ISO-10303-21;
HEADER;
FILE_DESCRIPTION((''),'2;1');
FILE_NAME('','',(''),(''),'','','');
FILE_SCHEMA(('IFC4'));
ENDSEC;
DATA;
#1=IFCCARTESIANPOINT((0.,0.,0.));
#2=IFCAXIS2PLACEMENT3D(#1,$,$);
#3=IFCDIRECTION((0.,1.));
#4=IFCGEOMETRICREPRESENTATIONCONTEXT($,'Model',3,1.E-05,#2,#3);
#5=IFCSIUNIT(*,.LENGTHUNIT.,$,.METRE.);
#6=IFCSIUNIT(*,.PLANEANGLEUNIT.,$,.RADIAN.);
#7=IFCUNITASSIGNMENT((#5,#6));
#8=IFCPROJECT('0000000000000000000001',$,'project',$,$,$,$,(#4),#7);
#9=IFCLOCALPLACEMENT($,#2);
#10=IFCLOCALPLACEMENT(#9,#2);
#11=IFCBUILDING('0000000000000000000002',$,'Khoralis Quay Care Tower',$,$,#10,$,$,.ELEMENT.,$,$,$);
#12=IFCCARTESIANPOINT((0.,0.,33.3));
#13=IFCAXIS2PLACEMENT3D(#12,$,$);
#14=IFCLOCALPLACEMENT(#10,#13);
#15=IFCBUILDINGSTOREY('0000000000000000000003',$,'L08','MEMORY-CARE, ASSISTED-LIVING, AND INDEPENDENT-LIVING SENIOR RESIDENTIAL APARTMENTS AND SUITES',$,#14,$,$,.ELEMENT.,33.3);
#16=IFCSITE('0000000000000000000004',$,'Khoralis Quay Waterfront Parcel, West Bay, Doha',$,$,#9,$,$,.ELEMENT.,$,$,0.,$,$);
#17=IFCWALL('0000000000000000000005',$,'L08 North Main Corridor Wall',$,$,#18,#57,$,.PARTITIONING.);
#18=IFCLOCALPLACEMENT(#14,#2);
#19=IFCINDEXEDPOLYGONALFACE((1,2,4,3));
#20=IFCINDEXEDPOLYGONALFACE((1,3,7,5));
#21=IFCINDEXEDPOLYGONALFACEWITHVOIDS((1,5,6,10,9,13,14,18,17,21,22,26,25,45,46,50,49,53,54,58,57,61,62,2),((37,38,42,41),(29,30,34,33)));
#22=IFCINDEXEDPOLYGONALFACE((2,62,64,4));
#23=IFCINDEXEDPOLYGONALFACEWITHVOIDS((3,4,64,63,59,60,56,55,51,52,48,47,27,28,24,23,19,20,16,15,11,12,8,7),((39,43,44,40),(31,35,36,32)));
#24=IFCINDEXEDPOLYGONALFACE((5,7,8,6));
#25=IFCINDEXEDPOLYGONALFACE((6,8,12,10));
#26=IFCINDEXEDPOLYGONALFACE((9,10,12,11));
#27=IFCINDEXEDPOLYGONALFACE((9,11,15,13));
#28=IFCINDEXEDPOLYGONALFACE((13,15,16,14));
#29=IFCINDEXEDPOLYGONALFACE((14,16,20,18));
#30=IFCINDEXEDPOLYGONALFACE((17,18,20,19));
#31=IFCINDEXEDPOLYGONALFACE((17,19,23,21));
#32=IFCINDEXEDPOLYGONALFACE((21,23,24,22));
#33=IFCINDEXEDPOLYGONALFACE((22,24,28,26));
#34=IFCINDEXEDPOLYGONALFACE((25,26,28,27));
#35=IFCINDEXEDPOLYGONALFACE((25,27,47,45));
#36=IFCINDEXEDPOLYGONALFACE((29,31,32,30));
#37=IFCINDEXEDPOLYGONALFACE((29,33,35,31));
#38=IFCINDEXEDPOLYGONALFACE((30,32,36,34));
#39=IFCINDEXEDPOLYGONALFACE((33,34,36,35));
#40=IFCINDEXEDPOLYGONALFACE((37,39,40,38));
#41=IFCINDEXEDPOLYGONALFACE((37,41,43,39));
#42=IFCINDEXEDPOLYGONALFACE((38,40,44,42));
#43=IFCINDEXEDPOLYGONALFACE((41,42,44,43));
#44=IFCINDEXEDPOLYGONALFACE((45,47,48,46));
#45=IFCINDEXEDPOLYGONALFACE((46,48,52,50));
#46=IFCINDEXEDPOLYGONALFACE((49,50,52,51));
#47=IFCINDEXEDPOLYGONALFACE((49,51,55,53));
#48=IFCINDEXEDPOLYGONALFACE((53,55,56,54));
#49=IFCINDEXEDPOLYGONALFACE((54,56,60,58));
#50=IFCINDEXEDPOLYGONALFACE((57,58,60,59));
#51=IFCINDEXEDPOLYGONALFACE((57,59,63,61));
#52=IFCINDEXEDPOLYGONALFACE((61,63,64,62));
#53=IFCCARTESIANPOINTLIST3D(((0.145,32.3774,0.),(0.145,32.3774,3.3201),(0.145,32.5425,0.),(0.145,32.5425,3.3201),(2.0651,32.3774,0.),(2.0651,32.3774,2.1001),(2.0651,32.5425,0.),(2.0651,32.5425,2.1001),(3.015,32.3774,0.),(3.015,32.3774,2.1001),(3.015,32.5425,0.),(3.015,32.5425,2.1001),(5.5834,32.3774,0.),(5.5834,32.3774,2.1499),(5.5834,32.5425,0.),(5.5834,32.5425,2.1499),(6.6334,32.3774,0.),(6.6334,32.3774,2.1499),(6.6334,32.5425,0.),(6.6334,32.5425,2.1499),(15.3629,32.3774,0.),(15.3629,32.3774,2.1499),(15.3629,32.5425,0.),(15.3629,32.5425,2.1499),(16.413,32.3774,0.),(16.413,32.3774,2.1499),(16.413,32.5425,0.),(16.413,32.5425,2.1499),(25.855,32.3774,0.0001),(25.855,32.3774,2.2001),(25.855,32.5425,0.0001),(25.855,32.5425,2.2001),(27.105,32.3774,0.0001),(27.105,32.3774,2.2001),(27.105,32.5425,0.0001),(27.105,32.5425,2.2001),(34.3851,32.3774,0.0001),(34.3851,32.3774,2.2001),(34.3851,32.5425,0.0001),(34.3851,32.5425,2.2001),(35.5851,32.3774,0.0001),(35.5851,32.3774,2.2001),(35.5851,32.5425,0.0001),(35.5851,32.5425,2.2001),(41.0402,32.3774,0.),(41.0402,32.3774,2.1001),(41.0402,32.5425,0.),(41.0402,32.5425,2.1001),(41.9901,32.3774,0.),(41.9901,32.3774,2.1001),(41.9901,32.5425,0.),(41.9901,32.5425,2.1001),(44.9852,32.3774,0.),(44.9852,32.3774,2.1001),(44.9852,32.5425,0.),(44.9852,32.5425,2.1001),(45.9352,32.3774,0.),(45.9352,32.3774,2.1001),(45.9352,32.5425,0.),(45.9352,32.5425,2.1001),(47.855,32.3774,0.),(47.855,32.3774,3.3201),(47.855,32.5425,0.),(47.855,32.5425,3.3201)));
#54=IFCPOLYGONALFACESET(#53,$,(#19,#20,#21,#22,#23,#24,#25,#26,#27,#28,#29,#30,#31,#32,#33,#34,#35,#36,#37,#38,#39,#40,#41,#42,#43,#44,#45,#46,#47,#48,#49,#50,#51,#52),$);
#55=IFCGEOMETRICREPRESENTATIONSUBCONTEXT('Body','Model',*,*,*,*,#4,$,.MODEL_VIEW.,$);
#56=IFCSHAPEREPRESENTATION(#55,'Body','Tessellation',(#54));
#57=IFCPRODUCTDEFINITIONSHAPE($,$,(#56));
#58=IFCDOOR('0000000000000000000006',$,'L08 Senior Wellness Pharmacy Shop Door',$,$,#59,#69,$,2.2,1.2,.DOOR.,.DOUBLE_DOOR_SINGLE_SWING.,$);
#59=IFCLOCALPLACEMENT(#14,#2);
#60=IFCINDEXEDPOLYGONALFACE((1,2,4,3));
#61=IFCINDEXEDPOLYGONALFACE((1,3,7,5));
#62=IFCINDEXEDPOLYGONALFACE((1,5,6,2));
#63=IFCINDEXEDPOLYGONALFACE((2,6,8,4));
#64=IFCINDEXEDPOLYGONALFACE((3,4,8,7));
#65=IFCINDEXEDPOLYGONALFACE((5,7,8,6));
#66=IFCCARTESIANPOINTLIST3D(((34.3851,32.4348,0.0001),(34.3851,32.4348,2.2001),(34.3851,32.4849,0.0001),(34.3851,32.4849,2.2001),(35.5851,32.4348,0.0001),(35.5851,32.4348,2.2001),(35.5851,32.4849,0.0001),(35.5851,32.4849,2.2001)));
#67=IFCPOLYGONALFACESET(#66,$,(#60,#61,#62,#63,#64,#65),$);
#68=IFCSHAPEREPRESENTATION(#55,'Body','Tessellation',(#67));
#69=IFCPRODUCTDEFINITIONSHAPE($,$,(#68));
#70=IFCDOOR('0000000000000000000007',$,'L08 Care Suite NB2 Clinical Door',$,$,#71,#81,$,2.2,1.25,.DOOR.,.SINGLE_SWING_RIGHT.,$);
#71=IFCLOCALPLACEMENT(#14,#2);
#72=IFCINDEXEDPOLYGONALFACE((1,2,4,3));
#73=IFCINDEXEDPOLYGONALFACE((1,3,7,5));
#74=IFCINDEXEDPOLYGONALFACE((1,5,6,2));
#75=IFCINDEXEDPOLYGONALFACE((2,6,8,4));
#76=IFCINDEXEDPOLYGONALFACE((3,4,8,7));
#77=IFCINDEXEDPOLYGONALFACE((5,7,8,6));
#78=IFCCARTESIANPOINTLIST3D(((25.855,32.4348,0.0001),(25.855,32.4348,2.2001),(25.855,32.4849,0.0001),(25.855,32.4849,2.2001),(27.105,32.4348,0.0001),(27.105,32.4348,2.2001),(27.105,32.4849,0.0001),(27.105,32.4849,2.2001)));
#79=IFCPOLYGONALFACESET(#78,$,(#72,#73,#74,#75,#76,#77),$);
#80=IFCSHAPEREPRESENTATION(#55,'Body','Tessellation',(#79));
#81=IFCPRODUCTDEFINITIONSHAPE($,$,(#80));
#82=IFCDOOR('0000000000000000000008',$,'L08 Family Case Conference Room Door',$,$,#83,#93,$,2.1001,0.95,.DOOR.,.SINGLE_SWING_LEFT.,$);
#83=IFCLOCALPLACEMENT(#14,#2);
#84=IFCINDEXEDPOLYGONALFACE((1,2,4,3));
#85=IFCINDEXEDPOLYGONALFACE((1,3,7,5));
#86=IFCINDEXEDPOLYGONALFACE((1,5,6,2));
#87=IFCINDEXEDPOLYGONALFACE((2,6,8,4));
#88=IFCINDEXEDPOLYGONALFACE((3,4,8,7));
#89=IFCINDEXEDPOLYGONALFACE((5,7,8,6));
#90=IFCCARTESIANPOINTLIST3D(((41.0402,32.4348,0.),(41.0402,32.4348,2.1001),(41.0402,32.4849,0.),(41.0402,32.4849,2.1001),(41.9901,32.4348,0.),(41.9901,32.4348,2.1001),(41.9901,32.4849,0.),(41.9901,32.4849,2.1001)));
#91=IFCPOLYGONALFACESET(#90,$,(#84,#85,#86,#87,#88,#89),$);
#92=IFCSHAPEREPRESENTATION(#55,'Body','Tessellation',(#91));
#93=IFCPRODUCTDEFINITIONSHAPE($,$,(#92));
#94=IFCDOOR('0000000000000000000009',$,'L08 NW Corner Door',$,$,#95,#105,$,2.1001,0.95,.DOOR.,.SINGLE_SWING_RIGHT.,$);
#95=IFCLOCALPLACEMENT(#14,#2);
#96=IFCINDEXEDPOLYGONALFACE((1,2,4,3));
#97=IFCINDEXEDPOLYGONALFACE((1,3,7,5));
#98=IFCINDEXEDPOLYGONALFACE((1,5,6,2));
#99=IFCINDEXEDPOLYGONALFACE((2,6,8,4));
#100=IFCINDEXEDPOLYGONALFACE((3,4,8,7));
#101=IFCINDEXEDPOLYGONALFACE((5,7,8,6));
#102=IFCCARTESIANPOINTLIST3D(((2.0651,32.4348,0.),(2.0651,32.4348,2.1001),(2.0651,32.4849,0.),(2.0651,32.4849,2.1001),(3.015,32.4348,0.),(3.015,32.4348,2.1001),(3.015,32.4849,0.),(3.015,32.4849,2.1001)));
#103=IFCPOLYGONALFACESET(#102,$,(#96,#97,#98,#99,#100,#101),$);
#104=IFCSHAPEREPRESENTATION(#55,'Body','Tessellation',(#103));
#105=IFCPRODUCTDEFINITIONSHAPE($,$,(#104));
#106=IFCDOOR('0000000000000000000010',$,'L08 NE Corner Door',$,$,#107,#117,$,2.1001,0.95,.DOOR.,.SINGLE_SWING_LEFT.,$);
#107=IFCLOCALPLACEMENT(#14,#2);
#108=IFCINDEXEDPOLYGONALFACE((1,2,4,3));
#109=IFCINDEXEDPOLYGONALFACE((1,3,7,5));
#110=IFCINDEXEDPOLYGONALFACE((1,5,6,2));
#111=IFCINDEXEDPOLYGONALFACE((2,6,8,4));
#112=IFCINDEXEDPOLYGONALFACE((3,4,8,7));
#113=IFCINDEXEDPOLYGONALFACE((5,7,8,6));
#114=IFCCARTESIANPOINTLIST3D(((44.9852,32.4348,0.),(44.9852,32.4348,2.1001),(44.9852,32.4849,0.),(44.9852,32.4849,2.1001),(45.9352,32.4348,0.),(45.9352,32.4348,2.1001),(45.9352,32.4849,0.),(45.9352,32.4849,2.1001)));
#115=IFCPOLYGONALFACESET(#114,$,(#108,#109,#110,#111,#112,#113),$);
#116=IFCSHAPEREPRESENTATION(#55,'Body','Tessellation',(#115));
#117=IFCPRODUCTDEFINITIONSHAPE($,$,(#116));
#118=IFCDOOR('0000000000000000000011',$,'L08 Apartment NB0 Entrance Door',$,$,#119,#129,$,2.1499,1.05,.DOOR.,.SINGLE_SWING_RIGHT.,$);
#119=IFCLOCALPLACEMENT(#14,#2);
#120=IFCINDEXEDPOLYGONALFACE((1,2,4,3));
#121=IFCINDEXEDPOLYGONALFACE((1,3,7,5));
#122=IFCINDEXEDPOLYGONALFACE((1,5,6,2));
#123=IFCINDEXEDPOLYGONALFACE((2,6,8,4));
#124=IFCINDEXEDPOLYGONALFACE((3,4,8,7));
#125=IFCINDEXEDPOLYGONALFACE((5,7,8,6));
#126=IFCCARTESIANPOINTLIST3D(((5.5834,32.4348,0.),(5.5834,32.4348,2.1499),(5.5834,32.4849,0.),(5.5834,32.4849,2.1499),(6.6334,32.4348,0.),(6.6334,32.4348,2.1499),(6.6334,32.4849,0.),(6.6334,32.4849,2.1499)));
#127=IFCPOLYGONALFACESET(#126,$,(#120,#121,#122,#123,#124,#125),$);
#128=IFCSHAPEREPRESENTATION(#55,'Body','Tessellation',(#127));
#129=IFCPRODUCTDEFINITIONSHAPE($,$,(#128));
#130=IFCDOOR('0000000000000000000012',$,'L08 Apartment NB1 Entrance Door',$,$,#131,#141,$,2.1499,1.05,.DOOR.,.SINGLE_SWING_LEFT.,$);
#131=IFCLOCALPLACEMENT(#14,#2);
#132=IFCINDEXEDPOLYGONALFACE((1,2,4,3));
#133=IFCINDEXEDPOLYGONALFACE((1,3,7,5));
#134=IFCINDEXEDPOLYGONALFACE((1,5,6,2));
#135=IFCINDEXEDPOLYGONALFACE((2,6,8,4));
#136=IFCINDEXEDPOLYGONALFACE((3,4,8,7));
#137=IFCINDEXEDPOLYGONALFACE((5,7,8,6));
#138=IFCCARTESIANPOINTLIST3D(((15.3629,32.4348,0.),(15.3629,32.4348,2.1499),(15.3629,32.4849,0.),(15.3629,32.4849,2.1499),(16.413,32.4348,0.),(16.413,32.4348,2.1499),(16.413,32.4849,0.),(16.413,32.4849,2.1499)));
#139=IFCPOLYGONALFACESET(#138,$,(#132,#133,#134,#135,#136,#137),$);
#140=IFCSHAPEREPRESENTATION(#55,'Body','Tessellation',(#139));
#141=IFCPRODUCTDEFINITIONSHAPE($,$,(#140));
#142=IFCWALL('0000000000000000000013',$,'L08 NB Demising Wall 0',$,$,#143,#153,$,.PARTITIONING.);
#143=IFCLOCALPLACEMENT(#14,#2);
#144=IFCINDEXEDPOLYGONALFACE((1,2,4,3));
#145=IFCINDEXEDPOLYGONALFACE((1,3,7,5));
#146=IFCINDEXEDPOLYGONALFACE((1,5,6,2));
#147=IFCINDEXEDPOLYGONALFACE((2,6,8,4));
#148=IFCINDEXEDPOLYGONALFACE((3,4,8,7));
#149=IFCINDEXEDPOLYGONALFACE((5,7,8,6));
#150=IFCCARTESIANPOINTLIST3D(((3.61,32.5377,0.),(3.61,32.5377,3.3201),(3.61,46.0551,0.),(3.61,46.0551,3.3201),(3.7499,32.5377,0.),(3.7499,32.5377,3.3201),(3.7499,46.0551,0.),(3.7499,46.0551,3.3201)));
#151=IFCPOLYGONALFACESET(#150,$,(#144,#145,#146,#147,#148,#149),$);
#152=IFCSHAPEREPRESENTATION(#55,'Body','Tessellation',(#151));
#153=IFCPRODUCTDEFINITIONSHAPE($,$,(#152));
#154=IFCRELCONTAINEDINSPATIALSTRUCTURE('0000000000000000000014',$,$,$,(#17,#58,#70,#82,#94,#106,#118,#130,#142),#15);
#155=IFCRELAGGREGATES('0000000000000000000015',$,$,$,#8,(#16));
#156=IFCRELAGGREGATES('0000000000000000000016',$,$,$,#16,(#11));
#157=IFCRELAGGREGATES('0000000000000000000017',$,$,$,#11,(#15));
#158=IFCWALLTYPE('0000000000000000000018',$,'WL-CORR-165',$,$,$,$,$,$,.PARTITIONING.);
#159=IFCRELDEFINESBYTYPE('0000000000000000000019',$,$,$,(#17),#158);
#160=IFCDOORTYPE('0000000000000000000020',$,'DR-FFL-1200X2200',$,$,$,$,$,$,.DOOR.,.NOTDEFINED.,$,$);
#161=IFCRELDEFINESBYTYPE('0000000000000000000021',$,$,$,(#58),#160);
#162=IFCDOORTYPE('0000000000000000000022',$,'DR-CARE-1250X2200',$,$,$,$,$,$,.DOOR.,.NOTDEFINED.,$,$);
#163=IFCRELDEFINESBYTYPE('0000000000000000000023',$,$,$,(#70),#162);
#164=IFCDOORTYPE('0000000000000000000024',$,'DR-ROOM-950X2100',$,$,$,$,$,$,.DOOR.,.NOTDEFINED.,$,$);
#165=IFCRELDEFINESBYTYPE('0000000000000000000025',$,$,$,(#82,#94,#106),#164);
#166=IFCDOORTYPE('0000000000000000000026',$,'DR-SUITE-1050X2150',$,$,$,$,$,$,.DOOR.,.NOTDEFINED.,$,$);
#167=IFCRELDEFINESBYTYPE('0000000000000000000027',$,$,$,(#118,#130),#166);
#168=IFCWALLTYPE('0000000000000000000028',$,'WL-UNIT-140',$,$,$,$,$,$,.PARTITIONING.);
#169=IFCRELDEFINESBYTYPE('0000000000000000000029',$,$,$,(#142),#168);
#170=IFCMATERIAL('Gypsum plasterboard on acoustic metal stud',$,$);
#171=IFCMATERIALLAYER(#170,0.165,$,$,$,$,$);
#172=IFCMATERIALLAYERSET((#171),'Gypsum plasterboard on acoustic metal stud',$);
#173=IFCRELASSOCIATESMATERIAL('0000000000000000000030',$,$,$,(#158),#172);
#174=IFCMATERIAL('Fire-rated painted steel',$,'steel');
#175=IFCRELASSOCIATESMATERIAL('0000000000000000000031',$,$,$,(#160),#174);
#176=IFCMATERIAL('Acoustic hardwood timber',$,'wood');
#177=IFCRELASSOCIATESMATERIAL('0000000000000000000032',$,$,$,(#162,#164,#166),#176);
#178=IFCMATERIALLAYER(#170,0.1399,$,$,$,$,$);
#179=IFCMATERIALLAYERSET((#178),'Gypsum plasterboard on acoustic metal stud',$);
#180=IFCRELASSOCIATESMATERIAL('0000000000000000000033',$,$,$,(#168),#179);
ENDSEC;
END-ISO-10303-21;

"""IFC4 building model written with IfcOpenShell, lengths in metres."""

from ifc_helpers import new_model, si_unit, direction, frame, frame_2d, origin, place, context, subcontext, project, spatial, rectangle, extrude, source, transform, mapped, material, layer, layer_set, type_object, element, fill, save


model = new_model("IFC4")

# Units and contexts
model_context = context("Model", 3, precision=1e-05, world=origin(), true_north=direction((0.0, 1.0)))
body_context = subcontext(model_context, "Body", "Model", "MODEL_VIEW")
ifc_project = project(units=[si_unit("LENGTHUNIT", "METRE"), si_unit("PLANEANGLEUNIT", "RADIAN")], contexts=[model_context])

# Site, building, storey
site_placement = place(None, origin())
site = spatial("IfcSite", under=ifc_project, at=site_placement, Name="Khoralis Quay Waterfront Parcel, West Bay, Doha", CompositionType="ELEMENT", RefElevation=0.0)
building_placement = place(site_placement, origin())
building = spatial("IfcBuilding", under=site, at=building_placement, Name="Khoralis Quay Care Tower", CompositionType="ELEMENT")
storey_placement = place(building_placement, frame((0.0, 0.0, 33.3)))
storey = spatial("IfcBuildingStorey", under=building, at=storey_placement, Name="L08", Description="MEMORY-CARE, ASSISTED-LIVING, AND INDEPENDENT-LIVING SENIOR RESIDENTIAL APARTMENTS AND SUITES", CompositionType="ELEMENT", Elevation=33.3)

# Wall, openings, doors
ifc_material_1 = material(Name="Gypsum plasterboard on acoustic metal stud")
ifc_layer_1 = layer(ifc_material_1, 0.165)
ifc_layer_set_1 = layer_set([ifc_layer_1], Name="Gypsum plasterboard on acoustic metal stud")
wall_type_1 = type_object("IfcWallType", Name="WL-CORR-165", PredefinedType="PARTITIONING", material=ifc_layer_set_1)
wall_1_placement = place(storey_placement, frame((0.145, 32.46, 0.0), z_axis=(0.0, 0.0, 1.0), x_axis=(1.0, 0.0, 0.0)))
wall_1 = element("IfcWall", 1, at=wall_1_placement, inside=storey, type_object=wall_type_1, Name="L08 North Main Corridor Wall", PredefinedType="PARTITIONING", context=body_context, shape_type="SweptSolid", body=[
    extrude(rectangle(XDim=47.71, YDim=0.165, at=frame_2d((23.855, 0.0))), origin(), (0.0, 0.0, 1.0), 3.3201),
])
opening_1_placement = place(wall_1_placement, frame((5.4385, 0.0, 0.0)))
opening_1 = element("IfcOpeningElement", 2, at=opening_1_placement, cuts=wall_1, PredefinedType="OPENING", context=body_context, shape_type="SweptSolid", body=[
    extrude(rectangle(XDim=1.05, YDim=2.1499, at=frame_2d((0.5249, 1.075))), frame((0.0, 0.0925, 0.0), z_axis=(0.0, -1.0, 0.0), x_axis=(1.0, 0.0, 0.0)), (0.0, 0.0, 1.0), 0.1851),
])
opening_2_placement = place(wall_1_placement, frame((15.218, 0.0, 0.0)))
opening_2 = element("IfcOpeningElement", 3, at=opening_2_placement, cuts=wall_1, PredefinedType="OPENING", context=body_context, shape_type="SweptSolid", body=[
    extrude(rectangle(XDim=1.05, YDim=2.1499, at=frame_2d((0.5249, 1.075))), frame((0.0, 0.0925, 0.0), z_axis=(0.0, -1.0, 0.0), x_axis=(1.0, 0.0, 0.0)), (0.0, 0.0, 1.0), 0.1851),
])
opening_3_placement = place(wall_1_placement, frame((25.71, 0.0, 0.0)))
opening_3 = element("IfcOpeningElement", 4, at=opening_3_placement, cuts=wall_1, PredefinedType="OPENING", context=body_context, shape_type="SweptSolid", body=[
    extrude(rectangle(XDim=1.25, YDim=2.2, at=frame_2d((0.625, 1.1001))), frame((0.0, 0.0925, 0.0), z_axis=(0.0, -1.0, 0.0), x_axis=(1.0, 0.0, 0.0)), (0.0, 0.0, 1.0), 0.1851),
])
opening_4_placement = place(wall_1_placement, frame((34.24, 0.0, 0.0)))
opening_4 = element("IfcOpeningElement", 5, at=opening_4_placement, cuts=wall_1, PredefinedType="OPENING", context=body_context, shape_type="SweptSolid", body=[
    extrude(rectangle(XDim=1.2, YDim=2.2, at=frame_2d((0.6001, 1.1001))), frame((0.0, 0.0925, 0.0), z_axis=(0.0, -1.0, 0.0), x_axis=(1.0, 0.0, 0.0)), (0.0, 0.0, 1.0), 0.1851),
])
opening_5_placement = place(wall_1_placement, frame((40.895, 0.0, 0.0)))
opening_5 = element("IfcOpeningElement", 6, at=opening_5_placement, cuts=wall_1, PredefinedType="OPENING", context=body_context, shape_type="SweptSolid", body=[
    extrude(rectangle(XDim=0.95, YDim=2.1001, at=frame_2d((0.4751, 1.05))), frame((0.0, 0.0925, 0.0), z_axis=(0.0, -1.0, 0.0), x_axis=(1.0, 0.0, 0.0)), (0.0, 0.0, 1.0), 0.1851),
])
opening_6_placement = place(wall_1_placement, frame((1.9199, 0.0, 0.0)))
opening_6 = element("IfcOpeningElement", 7, at=opening_6_placement, cuts=wall_1, PredefinedType="OPENING", context=body_context, shape_type="SweptSolid", body=[
    extrude(rectangle(XDim=0.95, YDim=2.1001, at=frame_2d((0.4751, 1.05))), frame((0.0, 0.0925, 0.0), z_axis=(0.0, -1.0, 0.0), x_axis=(1.0, 0.0, 0.0)), (0.0, 0.0, 1.0), 0.1851),
])
opening_7_placement = place(wall_1_placement, frame((44.8401, 0.0, 0.0)))
opening_7 = element("IfcOpeningElement", 8, at=opening_7_placement, cuts=wall_1, PredefinedType="OPENING", context=body_context, shape_type="SweptSolid", body=[
    extrude(rectangle(XDim=0.95, YDim=2.1001, at=frame_2d((0.4751, 1.05))), frame((0.0, 0.0925, 0.0), z_axis=(0.0, -1.0, 0.0), x_axis=(1.0, 0.0, 0.0)), (0.0, 0.0, 1.0), 0.1851),
])
ifc_material_2 = material(Name="Fire-rated painted steel", Category="steel")
door_type_1 = type_object("IfcDoorType", Name="DR-FFL-1200X2200", OperationType="NOTDEFINED", PredefinedType="DOOR", material=ifc_material_2)
shared_shape_1 = source(origin(), body_context, "Body", "SweptSolid", [
    extrude(rectangle(XDim=1.2, YDim=2.2, at=frame_2d((0.6001, 1.1001))), frame((0.0, 0.0249, 0.0), z_axis=(0.0, -1.0, 0.0), x_axis=(1.0, 0.0, 0.0)), (0.0, 0.0, 1.0), 0.05),
])
door_1_placement = place(opening_4_placement, origin())
door_1 = element("IfcDoor", 9, at=door_1_placement, inside=storey, type_object=door_type_1, Name="L08 Senior Wellness Pharmacy Shop Door", OperationType="DOUBLE_DOOR_SINGLE_SWING", OverallHeight=2.2, OverallWidth=1.2, PredefinedType="DOOR", context=body_context, shape_type="MappedRepresentation", body=[
    mapped(shared_shape_1, transform((0.0, 0.0, 0.0), scale=1.0)),
])
fill(opening_4, door_1)
ifc_material_3 = material(Name="Acoustic hardwood timber", Category="wood")
door_type_2 = type_object("IfcDoorType", Name="DR-CARE-1250X2200", OperationType="NOTDEFINED", PredefinedType="DOOR", material=ifc_material_3)
shared_shape_2 = source(origin(), body_context, "Body", "SweptSolid", [
    extrude(rectangle(XDim=1.25, YDim=2.2, at=frame_2d((0.625, 1.1001))), frame((0.0, 0.0249, 0.0), z_axis=(0.0, -1.0, 0.0), x_axis=(1.0, 0.0, 0.0)), (0.0, 0.0, 1.0), 0.05),
])
door_2_placement = place(opening_3_placement, origin())
door_2 = element("IfcDoor", 10, at=door_2_placement, inside=storey, type_object=door_type_2, Name="L08 Care Suite NB2 Clinical Door", OperationType="SINGLE_SWING_RIGHT", OverallHeight=2.2, OverallWidth=1.25, PredefinedType="DOOR", context=body_context, shape_type="MappedRepresentation", body=[
    mapped(shared_shape_2, transform((0.0, 0.0, 0.0), scale=1.0)),
])
fill(opening_3, door_2)
door_type_3 = type_object("IfcDoorType", Name="DR-ROOM-950X2100", OperationType="NOTDEFINED", PredefinedType="DOOR", material=ifc_material_3)
shared_shape_3 = source(origin(), body_context, "Body", "SweptSolid", [
    extrude(rectangle(XDim=0.95, YDim=2.1001, at=frame_2d((0.4751, 1.05))), frame((0.0, 0.0249, 0.0), z_axis=(0.0, -1.0, 0.0), x_axis=(1.0, 0.0, 0.0)), (0.0, 0.0, 1.0), 0.05),
])
door_3_placement = place(opening_5_placement, origin())
door_3 = element("IfcDoor", 11, at=door_3_placement, inside=storey, type_object=door_type_3, Name="L08 Family Case Conference Room Door", OperationType="SINGLE_SWING_LEFT", OverallHeight=2.1001, OverallWidth=0.95, PredefinedType="DOOR", context=body_context, shape_type="MappedRepresentation", body=[
    mapped(shared_shape_3, transform((0.0, 0.0, 0.0), scale=1.0)),
])
fill(opening_5, door_3)
door_4_placement = place(opening_6_placement, origin())
door_4 = element("IfcDoor", 12, at=door_4_placement, inside=storey, type_object=door_type_3, Name="L08 NW Corner Door", OperationType="SINGLE_SWING_RIGHT", OverallHeight=2.1001, OverallWidth=0.95, PredefinedType="DOOR", context=body_context, shape_type="MappedRepresentation", body=[
    mapped(shared_shape_3, transform((0.0, 0.0, 0.0), scale=1.0)),
])
fill(opening_6, door_4)
door_5_placement = place(opening_7_placement, origin())
door_5 = element("IfcDoor", 13, at=door_5_placement, inside=storey, type_object=door_type_3, Name="L08 NE Corner Door", OperationType="SINGLE_SWING_LEFT", OverallHeight=2.1001, OverallWidth=0.95, PredefinedType="DOOR", context=body_context, shape_type="MappedRepresentation", body=[
    mapped(shared_shape_3, transform((0.0, 0.0, 0.0), scale=1.0)),
])
fill(opening_7, door_5)
door_type_4 = type_object("IfcDoorType", Name="DR-SUITE-1050X2150", OperationType="NOTDEFINED", PredefinedType="DOOR", material=ifc_material_3)
shared_shape_4 = source(origin(), body_context, "Body", "SweptSolid", [
    extrude(rectangle(XDim=1.05, YDim=2.1499, at=frame_2d((0.5249, 1.075))), frame((0.0, 0.0249, 0.0), z_axis=(0.0, -1.0, 0.0), x_axis=(1.0, 0.0, 0.0)), (0.0, 0.0, 1.0), 0.05),
])
door_6_placement = place(opening_1_placement, origin())
door_6 = element("IfcDoor", 14, at=door_6_placement, inside=storey, type_object=door_type_4, Name="L08 Apartment NB0 Entrance Door", OperationType="SINGLE_SWING_RIGHT", OverallHeight=2.1499, OverallWidth=1.05, PredefinedType="DOOR", context=body_context, shape_type="MappedRepresentation", body=[
    mapped(shared_shape_4, transform((0.0, 0.0, 0.0), scale=1.0)),
])
fill(opening_1, door_6)
door_7_placement = place(opening_2_placement, origin())
door_7 = element("IfcDoor", 15, at=door_7_placement, inside=storey, type_object=door_type_4, Name="L08 Apartment NB1 Entrance Door", OperationType="SINGLE_SWING_LEFT", OverallHeight=2.1499, OverallWidth=1.05, PredefinedType="DOOR", context=body_context, shape_type="MappedRepresentation", body=[
    mapped(shared_shape_4, transform((0.0, 0.0, 0.0), scale=1.0)),
])
fill(opening_2, door_7)

# Wall
ifc_layer_2 = layer(ifc_material_1, 0.1399)
ifc_layer_set_2 = layer_set([ifc_layer_2], Name="Gypsum plasterboard on acoustic metal stud")
wall_type_2 = type_object("IfcWallType", Name="WL-UNIT-140", PredefinedType="PARTITIONING", material=ifc_layer_set_2)
wall_2_placement = place(storey_placement, frame((3.6799, 32.5376, 0.0), z_axis=(0.0, 0.0, 1.0), x_axis=(0.0, 1.0, 0.0)))
element("IfcWall", 16, at=wall_2_placement, inside=storey, type_object=wall_type_2, Name="L08 NB Demising Wall 0", PredefinedType="PARTITIONING", context=body_context, shape_type="SweptSolid", body=[
    extrude(rectangle(XDim=13.5173, YDim=0.1399, at=frame_2d((6.7588, 0.0))), origin(), (0.0, 0.0, 1.0), 3.3201),
])

save(model, "model.ifc")
